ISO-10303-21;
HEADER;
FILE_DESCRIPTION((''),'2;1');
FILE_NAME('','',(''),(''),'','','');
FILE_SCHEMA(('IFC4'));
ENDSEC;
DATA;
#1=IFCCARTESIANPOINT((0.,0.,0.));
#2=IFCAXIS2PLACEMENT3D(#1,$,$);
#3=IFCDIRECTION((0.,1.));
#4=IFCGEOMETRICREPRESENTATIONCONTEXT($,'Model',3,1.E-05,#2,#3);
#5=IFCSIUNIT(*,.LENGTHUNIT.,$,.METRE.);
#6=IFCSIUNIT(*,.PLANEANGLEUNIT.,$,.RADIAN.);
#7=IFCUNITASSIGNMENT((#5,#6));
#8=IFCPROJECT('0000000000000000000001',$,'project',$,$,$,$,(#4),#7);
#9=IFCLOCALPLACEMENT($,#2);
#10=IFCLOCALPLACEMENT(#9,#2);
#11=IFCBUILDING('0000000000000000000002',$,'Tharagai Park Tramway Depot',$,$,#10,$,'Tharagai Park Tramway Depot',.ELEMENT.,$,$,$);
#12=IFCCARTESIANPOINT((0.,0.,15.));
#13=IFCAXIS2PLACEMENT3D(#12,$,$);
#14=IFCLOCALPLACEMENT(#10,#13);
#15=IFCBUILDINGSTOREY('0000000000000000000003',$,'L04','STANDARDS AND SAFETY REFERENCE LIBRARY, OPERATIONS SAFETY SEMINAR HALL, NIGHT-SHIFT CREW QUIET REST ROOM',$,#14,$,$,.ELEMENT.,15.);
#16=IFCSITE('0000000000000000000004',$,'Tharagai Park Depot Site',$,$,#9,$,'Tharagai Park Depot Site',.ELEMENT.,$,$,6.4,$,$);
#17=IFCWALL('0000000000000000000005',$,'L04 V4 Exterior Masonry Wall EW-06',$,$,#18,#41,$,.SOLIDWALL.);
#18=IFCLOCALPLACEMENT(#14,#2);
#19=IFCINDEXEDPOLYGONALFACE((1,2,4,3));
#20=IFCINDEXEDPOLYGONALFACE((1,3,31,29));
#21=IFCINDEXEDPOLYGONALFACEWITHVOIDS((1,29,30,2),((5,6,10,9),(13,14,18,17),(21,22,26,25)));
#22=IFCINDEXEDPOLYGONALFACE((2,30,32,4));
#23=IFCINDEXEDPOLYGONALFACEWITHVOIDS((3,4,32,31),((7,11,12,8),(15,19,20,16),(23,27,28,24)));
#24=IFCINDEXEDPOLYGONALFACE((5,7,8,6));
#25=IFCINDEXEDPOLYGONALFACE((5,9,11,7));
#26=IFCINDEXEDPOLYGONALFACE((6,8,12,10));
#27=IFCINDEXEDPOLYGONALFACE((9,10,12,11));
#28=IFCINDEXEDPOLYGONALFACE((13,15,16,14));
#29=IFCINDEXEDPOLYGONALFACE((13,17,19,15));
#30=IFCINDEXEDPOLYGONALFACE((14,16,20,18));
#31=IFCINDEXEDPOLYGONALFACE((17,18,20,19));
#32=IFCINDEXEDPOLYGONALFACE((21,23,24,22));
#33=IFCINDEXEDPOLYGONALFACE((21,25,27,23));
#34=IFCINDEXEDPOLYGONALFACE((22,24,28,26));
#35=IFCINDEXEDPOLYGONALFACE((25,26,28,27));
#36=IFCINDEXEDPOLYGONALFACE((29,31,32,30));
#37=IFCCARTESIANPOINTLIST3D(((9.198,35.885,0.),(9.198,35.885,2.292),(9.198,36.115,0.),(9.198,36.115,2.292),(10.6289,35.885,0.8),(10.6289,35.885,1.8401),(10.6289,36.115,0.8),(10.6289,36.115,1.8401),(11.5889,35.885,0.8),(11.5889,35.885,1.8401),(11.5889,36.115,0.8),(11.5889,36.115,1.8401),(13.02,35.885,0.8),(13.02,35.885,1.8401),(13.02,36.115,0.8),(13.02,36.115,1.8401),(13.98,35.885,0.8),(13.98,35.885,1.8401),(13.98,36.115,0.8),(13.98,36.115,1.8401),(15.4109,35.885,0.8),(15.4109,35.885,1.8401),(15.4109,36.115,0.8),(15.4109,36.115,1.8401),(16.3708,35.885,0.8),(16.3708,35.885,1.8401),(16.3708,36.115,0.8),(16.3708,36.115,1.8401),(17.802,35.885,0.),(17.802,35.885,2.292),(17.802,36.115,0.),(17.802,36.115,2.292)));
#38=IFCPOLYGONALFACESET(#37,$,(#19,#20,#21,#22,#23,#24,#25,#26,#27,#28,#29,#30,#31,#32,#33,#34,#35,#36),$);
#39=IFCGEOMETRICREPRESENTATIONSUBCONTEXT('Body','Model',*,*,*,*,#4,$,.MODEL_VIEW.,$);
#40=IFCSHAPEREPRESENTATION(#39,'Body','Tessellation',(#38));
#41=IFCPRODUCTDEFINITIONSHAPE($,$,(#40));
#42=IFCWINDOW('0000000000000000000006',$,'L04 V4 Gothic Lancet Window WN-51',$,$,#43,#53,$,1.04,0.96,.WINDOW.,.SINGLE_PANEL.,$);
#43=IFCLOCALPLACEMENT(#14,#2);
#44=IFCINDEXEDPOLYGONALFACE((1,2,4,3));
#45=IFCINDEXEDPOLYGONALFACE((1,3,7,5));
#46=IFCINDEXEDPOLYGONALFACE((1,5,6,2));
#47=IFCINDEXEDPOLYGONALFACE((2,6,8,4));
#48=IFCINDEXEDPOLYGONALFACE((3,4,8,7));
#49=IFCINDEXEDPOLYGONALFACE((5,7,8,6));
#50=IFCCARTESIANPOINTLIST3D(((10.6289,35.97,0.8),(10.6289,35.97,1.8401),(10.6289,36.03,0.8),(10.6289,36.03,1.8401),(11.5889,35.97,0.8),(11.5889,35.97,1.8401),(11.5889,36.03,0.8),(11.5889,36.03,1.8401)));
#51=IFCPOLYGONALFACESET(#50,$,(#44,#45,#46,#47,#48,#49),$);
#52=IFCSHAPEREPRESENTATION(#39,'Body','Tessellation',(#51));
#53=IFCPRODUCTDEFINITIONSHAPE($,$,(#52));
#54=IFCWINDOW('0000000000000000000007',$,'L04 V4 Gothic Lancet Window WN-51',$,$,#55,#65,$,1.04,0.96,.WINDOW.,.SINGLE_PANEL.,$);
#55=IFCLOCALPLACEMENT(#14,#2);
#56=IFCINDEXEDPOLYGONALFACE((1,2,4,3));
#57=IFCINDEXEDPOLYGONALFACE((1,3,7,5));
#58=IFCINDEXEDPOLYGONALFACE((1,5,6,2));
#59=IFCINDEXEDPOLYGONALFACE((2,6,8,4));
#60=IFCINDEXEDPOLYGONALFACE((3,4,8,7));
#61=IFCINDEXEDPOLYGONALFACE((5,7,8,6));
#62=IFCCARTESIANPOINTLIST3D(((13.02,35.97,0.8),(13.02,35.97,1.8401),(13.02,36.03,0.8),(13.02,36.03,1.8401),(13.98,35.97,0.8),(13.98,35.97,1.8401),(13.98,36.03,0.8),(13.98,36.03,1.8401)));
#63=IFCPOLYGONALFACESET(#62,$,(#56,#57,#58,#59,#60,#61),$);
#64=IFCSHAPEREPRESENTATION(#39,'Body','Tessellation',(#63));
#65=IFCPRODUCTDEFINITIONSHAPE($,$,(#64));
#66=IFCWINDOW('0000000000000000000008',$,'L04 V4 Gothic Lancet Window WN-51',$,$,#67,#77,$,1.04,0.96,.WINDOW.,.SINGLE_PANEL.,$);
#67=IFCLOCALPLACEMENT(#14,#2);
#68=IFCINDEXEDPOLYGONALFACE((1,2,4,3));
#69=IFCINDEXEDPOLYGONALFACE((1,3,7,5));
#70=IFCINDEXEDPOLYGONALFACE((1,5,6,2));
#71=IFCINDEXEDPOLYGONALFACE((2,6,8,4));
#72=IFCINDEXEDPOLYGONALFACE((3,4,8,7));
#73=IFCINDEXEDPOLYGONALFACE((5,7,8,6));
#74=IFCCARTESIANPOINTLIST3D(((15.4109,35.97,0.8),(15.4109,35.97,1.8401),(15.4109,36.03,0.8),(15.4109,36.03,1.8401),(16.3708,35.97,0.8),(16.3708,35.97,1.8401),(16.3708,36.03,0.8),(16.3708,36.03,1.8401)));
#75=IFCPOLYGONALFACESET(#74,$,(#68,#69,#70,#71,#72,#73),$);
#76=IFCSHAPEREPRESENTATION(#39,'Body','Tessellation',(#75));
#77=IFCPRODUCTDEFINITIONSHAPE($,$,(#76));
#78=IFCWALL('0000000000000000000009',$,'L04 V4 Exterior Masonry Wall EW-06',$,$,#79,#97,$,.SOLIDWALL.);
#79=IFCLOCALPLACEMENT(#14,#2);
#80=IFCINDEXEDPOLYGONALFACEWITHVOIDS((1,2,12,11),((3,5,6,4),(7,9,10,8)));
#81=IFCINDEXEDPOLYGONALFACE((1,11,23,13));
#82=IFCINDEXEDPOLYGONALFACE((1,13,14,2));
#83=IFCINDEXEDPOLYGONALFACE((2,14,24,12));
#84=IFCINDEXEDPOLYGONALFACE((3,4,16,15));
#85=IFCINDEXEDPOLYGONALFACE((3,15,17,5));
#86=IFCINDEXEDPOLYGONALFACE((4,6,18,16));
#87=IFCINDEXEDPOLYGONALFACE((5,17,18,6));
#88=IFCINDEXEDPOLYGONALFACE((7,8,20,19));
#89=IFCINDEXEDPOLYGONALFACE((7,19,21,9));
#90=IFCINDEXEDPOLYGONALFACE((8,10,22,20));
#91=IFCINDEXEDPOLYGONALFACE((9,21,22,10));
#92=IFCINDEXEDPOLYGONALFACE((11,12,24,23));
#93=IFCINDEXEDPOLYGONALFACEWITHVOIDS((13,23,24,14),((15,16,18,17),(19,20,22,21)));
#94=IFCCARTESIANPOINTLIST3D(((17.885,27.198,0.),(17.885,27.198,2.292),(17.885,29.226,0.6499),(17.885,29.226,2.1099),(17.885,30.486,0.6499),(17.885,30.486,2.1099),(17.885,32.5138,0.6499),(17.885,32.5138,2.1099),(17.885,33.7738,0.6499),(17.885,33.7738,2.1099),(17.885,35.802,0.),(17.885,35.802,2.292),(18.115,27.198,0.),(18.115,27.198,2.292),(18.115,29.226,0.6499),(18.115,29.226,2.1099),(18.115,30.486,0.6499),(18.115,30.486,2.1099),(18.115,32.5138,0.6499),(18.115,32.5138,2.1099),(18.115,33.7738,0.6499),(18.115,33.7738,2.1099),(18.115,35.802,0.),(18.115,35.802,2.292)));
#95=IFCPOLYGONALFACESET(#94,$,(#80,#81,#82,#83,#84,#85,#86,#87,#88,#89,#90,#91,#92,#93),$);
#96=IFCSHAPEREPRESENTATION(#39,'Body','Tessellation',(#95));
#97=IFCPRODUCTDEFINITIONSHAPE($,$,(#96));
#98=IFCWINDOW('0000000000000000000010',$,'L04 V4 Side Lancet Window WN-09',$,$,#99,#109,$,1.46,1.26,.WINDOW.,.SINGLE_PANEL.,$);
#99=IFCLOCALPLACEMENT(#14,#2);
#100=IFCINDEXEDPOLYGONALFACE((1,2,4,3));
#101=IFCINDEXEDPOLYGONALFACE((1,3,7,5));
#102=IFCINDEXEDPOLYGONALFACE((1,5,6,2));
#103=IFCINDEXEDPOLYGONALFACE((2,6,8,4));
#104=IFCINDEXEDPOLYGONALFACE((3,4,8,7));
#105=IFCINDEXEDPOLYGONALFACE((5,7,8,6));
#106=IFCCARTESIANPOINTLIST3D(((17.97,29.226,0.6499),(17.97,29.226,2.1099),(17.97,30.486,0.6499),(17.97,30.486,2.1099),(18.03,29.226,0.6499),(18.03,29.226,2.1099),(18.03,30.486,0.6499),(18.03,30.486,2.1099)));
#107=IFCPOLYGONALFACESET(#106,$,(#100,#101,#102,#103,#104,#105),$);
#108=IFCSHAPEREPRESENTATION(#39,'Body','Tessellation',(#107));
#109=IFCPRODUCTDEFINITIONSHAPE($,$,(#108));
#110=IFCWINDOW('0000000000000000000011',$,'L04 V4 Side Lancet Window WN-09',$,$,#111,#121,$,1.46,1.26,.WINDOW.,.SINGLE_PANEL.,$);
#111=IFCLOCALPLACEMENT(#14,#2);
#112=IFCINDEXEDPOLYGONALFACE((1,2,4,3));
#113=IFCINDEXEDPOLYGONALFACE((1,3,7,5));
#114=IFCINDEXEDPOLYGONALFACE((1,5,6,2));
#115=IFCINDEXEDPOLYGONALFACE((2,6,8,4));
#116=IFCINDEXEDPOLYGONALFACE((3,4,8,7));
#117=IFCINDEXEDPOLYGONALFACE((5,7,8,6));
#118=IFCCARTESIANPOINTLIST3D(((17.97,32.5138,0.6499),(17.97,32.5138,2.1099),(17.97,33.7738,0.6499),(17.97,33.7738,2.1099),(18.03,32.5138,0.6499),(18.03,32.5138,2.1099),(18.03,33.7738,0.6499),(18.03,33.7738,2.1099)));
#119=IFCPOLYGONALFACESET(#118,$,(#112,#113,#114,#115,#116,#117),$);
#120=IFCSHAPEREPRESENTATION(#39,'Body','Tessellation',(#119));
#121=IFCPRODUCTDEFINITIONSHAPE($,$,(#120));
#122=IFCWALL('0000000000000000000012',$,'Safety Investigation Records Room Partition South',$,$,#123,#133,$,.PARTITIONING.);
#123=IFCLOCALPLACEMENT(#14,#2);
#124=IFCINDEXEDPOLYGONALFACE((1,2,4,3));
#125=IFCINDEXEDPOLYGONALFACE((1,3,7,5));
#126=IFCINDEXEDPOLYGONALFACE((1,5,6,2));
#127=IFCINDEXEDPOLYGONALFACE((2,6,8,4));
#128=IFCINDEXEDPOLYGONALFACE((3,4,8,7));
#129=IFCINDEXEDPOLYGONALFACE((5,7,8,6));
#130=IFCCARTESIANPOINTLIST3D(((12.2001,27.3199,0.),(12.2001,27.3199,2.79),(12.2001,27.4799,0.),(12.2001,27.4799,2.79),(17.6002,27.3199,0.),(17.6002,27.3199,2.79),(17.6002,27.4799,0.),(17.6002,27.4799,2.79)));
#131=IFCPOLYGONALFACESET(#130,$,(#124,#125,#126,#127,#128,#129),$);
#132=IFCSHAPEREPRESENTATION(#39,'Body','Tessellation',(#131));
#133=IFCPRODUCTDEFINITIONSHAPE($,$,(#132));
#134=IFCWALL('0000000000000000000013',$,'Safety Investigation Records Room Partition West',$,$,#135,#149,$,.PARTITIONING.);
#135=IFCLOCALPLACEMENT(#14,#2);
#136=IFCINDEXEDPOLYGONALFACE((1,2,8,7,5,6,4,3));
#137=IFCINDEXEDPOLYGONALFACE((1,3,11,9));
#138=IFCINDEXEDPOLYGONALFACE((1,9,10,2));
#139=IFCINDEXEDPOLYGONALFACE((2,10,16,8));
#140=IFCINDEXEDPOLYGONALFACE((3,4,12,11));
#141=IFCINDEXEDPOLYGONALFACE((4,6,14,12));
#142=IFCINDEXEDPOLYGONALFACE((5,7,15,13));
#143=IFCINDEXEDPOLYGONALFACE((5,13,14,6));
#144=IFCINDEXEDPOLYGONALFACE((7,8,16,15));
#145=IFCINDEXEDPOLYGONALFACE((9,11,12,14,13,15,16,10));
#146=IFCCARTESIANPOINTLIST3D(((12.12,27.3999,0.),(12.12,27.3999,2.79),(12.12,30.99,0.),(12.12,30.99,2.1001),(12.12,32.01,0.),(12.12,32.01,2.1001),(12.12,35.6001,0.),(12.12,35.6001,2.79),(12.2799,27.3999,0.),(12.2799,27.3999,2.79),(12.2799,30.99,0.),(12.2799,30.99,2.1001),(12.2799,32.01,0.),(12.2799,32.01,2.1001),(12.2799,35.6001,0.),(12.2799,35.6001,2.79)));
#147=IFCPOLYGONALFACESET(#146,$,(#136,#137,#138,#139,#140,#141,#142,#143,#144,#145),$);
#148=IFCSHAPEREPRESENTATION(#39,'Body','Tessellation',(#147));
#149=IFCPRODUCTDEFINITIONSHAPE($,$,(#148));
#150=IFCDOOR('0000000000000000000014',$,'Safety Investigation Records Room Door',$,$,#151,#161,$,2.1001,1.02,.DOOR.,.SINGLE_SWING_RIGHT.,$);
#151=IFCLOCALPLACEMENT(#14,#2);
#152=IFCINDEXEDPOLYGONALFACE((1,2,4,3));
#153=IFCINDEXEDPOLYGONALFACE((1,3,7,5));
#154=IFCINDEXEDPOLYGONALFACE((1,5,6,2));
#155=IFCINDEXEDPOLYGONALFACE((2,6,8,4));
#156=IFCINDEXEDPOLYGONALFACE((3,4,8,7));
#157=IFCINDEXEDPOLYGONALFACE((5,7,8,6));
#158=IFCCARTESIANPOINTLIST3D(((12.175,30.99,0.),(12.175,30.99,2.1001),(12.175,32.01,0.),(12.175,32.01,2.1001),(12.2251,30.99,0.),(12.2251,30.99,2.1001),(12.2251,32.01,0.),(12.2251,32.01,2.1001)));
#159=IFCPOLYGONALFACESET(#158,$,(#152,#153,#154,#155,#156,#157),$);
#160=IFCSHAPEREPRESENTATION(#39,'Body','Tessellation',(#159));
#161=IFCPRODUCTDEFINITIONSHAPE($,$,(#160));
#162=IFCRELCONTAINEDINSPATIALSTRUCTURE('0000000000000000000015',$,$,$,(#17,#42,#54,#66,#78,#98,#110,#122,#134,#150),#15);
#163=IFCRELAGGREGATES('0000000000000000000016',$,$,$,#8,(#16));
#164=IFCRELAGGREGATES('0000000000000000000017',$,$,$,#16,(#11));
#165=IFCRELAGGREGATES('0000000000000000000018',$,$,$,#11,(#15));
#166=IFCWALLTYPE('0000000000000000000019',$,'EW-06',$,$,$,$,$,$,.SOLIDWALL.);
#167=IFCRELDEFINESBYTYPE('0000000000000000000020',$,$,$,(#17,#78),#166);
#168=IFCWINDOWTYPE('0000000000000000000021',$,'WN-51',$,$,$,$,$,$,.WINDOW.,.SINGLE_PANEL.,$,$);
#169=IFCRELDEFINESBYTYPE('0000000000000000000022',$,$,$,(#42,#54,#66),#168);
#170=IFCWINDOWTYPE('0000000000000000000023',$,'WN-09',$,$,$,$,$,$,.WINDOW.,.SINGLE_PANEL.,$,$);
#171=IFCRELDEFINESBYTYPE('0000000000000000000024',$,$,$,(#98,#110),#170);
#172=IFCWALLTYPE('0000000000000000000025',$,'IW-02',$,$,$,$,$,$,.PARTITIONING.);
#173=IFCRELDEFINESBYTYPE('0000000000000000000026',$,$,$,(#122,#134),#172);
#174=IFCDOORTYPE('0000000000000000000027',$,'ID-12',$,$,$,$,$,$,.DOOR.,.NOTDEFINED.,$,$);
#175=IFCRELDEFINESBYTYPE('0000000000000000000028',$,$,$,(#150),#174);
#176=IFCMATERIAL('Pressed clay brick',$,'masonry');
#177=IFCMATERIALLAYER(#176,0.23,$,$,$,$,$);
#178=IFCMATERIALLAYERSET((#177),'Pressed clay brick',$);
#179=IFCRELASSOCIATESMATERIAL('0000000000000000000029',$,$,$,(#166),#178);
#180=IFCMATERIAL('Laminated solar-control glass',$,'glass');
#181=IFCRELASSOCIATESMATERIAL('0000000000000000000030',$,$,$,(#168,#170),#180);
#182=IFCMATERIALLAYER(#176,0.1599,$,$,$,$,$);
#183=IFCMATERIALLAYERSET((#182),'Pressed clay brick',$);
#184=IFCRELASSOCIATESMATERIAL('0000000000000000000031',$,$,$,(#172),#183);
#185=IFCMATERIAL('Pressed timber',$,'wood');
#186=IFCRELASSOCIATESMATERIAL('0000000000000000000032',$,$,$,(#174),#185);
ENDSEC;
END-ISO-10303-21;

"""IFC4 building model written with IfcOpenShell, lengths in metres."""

from ifc_helpers import new_model, si_unit, direction, frame, frame_2d, origin, place, context, subcontext, project, spatial, rectangle, extrude, material, layer, layer_set, type_object, element, fill, save


model = new_model("IFC4")

# Units and contexts
model_context = context("Model", 3, precision=1e-05, world=origin(), true_north=direction((0.0, 1.0)))
body_context = subcontext(model_context, "Body", "Model", "MODEL_VIEW")
ifc_project = project(units=[si_unit("LENGTHUNIT", "METRE"), si_unit("PLANEANGLEUNIT", "RADIAN")], contexts=[model_context])

# Site, building, storey
site_placement = place(None, origin())
site = spatial("IfcSite", under=ifc_project, at=site_placement, Name="Tharagai Park Depot Site", LongName="Tharagai Park Depot Site", CompositionType="ELEMENT", RefElevation=6.4)
building_placement = place(site_placement, origin())
building = spatial("IfcBuilding", under=site, at=building_placement, Name="Tharagai Park Tramway Depot", LongName="Tharagai Park Tramway Depot", CompositionType="ELEMENT")
storey_placement = place(building_placement, frame((0.0, 0.0, 15.0)))
storey = spatial("IfcBuildingStorey", under=building, at=storey_placement, Name="L04", Description="STANDARDS AND SAFETY REFERENCE LIBRARY, OPERATIONS SAFETY SEMINAR HALL, NIGHT-SHIFT CREW QUIET REST ROOM", CompositionType="ELEMENT", Elevation=15.0)

# Walls, openings, windows
ifc_material_1 = material(Name="Pressed clay brick", Category="masonry")
ifc_layer_1 = layer(ifc_material_1, 0.23)
ifc_layer_set_1 = layer_set([ifc_layer_1], Name="Pressed clay brick")
wall_type_1 = type_object("IfcWallType", Name="EW-06", PredefinedType="SOLIDWALL", material=ifc_layer_set_1)
wall_1_placement = place(storey_placement, frame((9.198, 36.0, 0.0), z_axis=(0.0, 0.0, 1.0), x_axis=(1.0, 0.0, 0.0)))
wall_1 = element("IfcWall", 1, at=wall_1_placement, inside=storey, type_object=wall_type_1, Name="L04 V4 Exterior Masonry Wall EW-06", PredefinedType="SOLIDWALL", context=body_context, shape_type="SweptSolid", body=[
    extrude(rectangle(XDim=8.604, YDim=0.23, at=frame_2d((4.302, 0.0))), origin(), (0.0, 0.0, 1.0), 2.292),
])
opening_1_placement = place(wall_1_placement, frame((1.4309, 0.0, 0.8)))
opening_1 = element("IfcOpeningElement", 2, at=opening_1_placement, cuts=wall_1, PredefinedType="OPENING", context=body_context, shape_type="SweptSolid", body=[
    extrude(rectangle(XDim=0.96, YDim=1.04, at=frame_2d((0.48, 0.52))), frame((0.0, 0.125, 0.0), z_axis=(0.0, -1.0, 0.0), x_axis=(1.0, 0.0, 0.0)), (0.0, 0.0, 1.0), 0.25),
])
opening_2_placement = place(wall_1_placement, frame((3.822, 0.0, 0.8)))
opening_2 = element("IfcOpeningElement", 3, at=opening_2_placement, cuts=wall_1, PredefinedType="OPENING", context=body_context, shape_type="SweptSolid", body=[
    extrude(rectangle(XDim=0.96, YDim=1.04, at=frame_2d((0.48, 0.52))), frame((0.0, 0.125, 0.0), z_axis=(0.0, -1.0, 0.0), x_axis=(1.0, 0.0, 0.0)), (0.0, 0.0, 1.0), 0.25),
])
opening_3_placement = place(wall_1_placement, frame((6.2129, 0.0, 0.8)))
opening_3 = element("IfcOpeningElement", 4, at=opening_3_placement, cuts=wall_1, PredefinedType="OPENING", context=body_context, shape_type="SweptSolid", body=[
    extrude(rectangle(XDim=0.96, YDim=1.04, at=frame_2d((0.48, 0.52))), frame((0.0, 0.125, 0.0), z_axis=(0.0, -1.0, 0.0), x_axis=(1.0, 0.0, 0.0)), (0.0, 0.0, 1.0), 0.25),
])
ifc_material_2 = material(Name="Laminated solar-control glass", Category="glass")
window_type_1 = type_object("IfcWindowType", Name="WN-51", PartitioningType="SINGLE_PANEL", PredefinedType="WINDOW", material=ifc_material_2)
window_1_placement = place(opening_1_placement, origin())
window_1 = element("IfcWindow", 5, at=window_1_placement, inside=storey, type_object=window_type_1, Name="L04 V4 Gothic Lancet Window WN-51", OverallHeight=1.04, OverallWidth=0.96, PartitioningType="SINGLE_PANEL", PredefinedType="WINDOW", context=body_context, shape_type="SweptSolid", body=[
    extrude(rectangle(XDim=0.96, YDim=1.04, at=frame_2d((0.48, 0.52))), frame((0.0, 0.03, 0.0), z_axis=(0.0, -1.0, 0.0), x_axis=(1.0, 0.0, 0.0)), (0.0, 0.0, 1.0), 0.0601),
])
fill(opening_1, window_1)
window_2_placement = place(opening_2_placement, origin())
window_2 = element("IfcWindow", 6, at=window_2_placement, inside=storey, type_object=window_type_1, Name="L04 V4 Gothic Lancet Window WN-51", OverallHeight=1.04, OverallWidth=0.96, PartitioningType="SINGLE_PANEL", PredefinedType="WINDOW", context=body_context, shape_type="SweptSolid", body=[
    extrude(rectangle(XDim=0.96, YDim=1.04, at=frame_2d((0.48, 0.52))), frame((0.0, 0.03, 0.0), z_axis=(0.0, -1.0, 0.0), x_axis=(1.0, 0.0, 0.0)), (0.0, 0.0, 1.0), 0.0601),
])
fill(opening_2, window_2)
window_3_placement = place(opening_3_placement, origin())
window_3 = element("IfcWindow", 7, at=window_3_placement, inside=storey, type_object=window_type_1, Name="L04 V4 Gothic Lancet Window WN-51", OverallHeight=1.04, OverallWidth=0.96, PartitioningType="SINGLE_PANEL", PredefinedType="WINDOW", context=body_context, shape_type="SweptSolid", body=[
    extrude(rectangle(XDim=0.96, YDim=1.04, at=frame_2d((0.48, 0.52))), frame((0.0, 0.03, 0.0), z_axis=(0.0, -1.0, 0.0), x_axis=(1.0, 0.0, 0.0)), (0.0, 0.0, 1.0), 0.0601),
])
fill(opening_3, window_3)
wall_2_placement = place(storey_placement, frame((18.0, 27.198, 0.0), z_axis=(0.0, 0.0, 1.0), x_axis=(0.0, 1.0, 0.0)))
wall_2 = element("IfcWall", 8, at=wall_2_placement, inside=storey, type_object=wall_type_1, Name="L04 V4 Exterior Masonry Wall EW-06", PredefinedType="SOLIDWALL", context=body_context, shape_type="SweptSolid", body=[
    extrude(rectangle(XDim=8.604, YDim=0.23, at=frame_2d((4.302, 0.0))), origin(), (0.0, 0.0, 1.0), 2.292),
])
opening_4_placement = place(wall_2_placement, frame((2.0281, 0.0, 0.6499)))
opening_4 = element("IfcOpeningElement", 9, at=opening_4_placement, cuts=wall_2, PredefinedType="OPENING", context=body_context, shape_type="SweptSolid", body=[
    extrude(rectangle(XDim=1.26, YDim=1.46, at=frame_2d((0.6299, 0.73))), frame((0.0, 0.125, 0.0), z_axis=(0.0, -1.0, 0.0), x_axis=(1.0, 0.0, 0.0)), (0.0, 0.0, 1.0), 0.25),
])
opening_5_placement = place(wall_2_placement, frame((5.3159, 0.0, 0.6499)))
opening_5 = element("IfcOpeningElement", 10, at=opening_5_placement, cuts=wall_2, PredefinedType="OPENING", context=body_context, shape_type="SweptSolid", body=[
    extrude(rectangle(XDim=1.26, YDim=1.46, at=frame_2d((0.6299, 0.73))), frame((0.0, 0.125, 0.0), z_axis=(0.0, -1.0, 0.0), x_axis=(1.0, 0.0, 0.0)), (0.0, 0.0, 1.0), 0.25),
])
window_type_2 = type_object("IfcWindowType", Name="WN-09", PartitioningType="SINGLE_PANEL", PredefinedType="WINDOW", material=ifc_material_2)
window_4_placement = place(opening_4_placement, origin())
window_4 = element("IfcWindow", 11, at=window_4_placement, inside=storey, type_object=window_type_2, Name="L04 V4 Side Lancet Window WN-09", OverallHeight=1.46, OverallWidth=1.26, PartitioningType="SINGLE_PANEL", PredefinedType="WINDOW", context=body_context, shape_type="SweptSolid", body=[
    extrude(rectangle(XDim=1.26, YDim=1.46, at=frame_2d((0.6299, 0.73))), frame((0.0, 0.03, 0.0), z_axis=(0.0, -1.0, 0.0), x_axis=(1.0, 0.0, 0.0)), (0.0, 0.0, 1.0), 0.0601),
])
fill(opening_4, window_4)
window_5_placement = place(opening_5_placement, origin())
window_5 = element("IfcWindow", 12, at=window_5_placement, inside=storey, type_object=window_type_2, Name="L04 V4 Side Lancet Window WN-09", OverallHeight=1.46, OverallWidth=1.26, PartitioningType="SINGLE_PANEL", PredefinedType="WINDOW", context=body_context, shape_type="SweptSolid", body=[
    extrude(rectangle(XDim=1.26, YDim=1.46, at=frame_2d((0.6299, 0.73))), frame((0.0, 0.03, 0.0), z_axis=(0.0, -1.0, 0.0), x_axis=(1.0, 0.0, 0.0)), (0.0, 0.0, 1.0), 0.0601),
])
fill(opening_5, window_5)

# Wall
ifc_layer_2 = layer(ifc_material_1, 0.1599)
ifc_layer_set_2 = layer_set([ifc_layer_2], Name="Pressed clay brick")
wall_type_2 = type_object("IfcWallType", Name="IW-02", PredefinedType="PARTITIONING", material=ifc_layer_set_2)
wall_3_placement = place(storey_placement, frame((12.2, 27.3999, 0.0), z_axis=(0.0, 0.0, 1.0), x_axis=(1.0, 0.0, 0.0)))
element("IfcWall", 13, at=wall_3_placement, inside=storey, type_object=wall_type_2, Name="Safety Investigation Records Room Partition South", PredefinedType="PARTITIONING", context=body_context, shape_type="SweptSolid", body=[
    extrude(rectangle(XDim=5.4001, YDim=0.1599, at=frame_2d((2.7002, 0.0))), origin(), (0.0, 0.0, 1.0), 2.79),
])

# Wall, opening, door
wall_4_placement = place(storey_placement, frame((12.2, 27.3999, 0.0), z_axis=(0.0, 0.0, 1.0), x_axis=(0.0, 1.0, 0.0)))
wall_4 = element("IfcWall", 14, at=wall_4_placement, inside=storey, type_object=wall_type_2, Name="Safety Investigation Records Room Partition West", PredefinedType="PARTITIONING", context=body_context, shape_type="SweptSolid", body=[
    extrude(rectangle(XDim=8.2002, YDim=0.1599, at=frame_2d((4.1001, 0.0))), origin(), (0.0, 0.0, 1.0), 2.79),
])
opening_6_placement = place(wall_4_placement, frame((3.5901, 0.0, 0.0)))
opening_6 = element("IfcOpeningElement", 15, at=opening_6_placement, cuts=wall_4, PredefinedType="OPENING", context=body_context, shape_type="SweptSolid", body=[
    extrude(rectangle(XDim=1.02, YDim=2.1001, at=frame_2d((0.51, 1.05))), frame((0.0, 0.0898, 0.0), z_axis=(0.0, -1.0, 0.0), x_axis=(1.0, 0.0, 0.0)), (0.0, 0.0, 1.0), 0.1799),
])
ifc_material_3 = material(Name="Pressed timber", Category="wood")
door_type = type_object("IfcDoorType", Name="ID-12", OperationType="NOTDEFINED", PredefinedType="DOOR", material=ifc_material_3)
door_placement = place(opening_6_placement, origin())
door = element("IfcDoor", 16, at=door_placement, inside=storey, type_object=door_type, Name="Safety Investigation Records Room Door", OperationType="SINGLE_SWING_RIGHT", OverallHeight=2.1001, OverallWidth=1.02, PredefinedType="DOOR", context=body_context, shape_type="SweptSolid", body=[
    extrude(rectangle(XDim=1.02, YDim=2.1001, at=frame_2d((0.51, 1.05))), frame((0.0, 0.0249, 0.0), z_axis=(0.0, -1.0, 0.0), x_axis=(1.0, 0.0, 0.0)), (0.0, 0.0, 1.0), 0.05),
])
fill(opening_6, door)

save(model, "model.ifc")
